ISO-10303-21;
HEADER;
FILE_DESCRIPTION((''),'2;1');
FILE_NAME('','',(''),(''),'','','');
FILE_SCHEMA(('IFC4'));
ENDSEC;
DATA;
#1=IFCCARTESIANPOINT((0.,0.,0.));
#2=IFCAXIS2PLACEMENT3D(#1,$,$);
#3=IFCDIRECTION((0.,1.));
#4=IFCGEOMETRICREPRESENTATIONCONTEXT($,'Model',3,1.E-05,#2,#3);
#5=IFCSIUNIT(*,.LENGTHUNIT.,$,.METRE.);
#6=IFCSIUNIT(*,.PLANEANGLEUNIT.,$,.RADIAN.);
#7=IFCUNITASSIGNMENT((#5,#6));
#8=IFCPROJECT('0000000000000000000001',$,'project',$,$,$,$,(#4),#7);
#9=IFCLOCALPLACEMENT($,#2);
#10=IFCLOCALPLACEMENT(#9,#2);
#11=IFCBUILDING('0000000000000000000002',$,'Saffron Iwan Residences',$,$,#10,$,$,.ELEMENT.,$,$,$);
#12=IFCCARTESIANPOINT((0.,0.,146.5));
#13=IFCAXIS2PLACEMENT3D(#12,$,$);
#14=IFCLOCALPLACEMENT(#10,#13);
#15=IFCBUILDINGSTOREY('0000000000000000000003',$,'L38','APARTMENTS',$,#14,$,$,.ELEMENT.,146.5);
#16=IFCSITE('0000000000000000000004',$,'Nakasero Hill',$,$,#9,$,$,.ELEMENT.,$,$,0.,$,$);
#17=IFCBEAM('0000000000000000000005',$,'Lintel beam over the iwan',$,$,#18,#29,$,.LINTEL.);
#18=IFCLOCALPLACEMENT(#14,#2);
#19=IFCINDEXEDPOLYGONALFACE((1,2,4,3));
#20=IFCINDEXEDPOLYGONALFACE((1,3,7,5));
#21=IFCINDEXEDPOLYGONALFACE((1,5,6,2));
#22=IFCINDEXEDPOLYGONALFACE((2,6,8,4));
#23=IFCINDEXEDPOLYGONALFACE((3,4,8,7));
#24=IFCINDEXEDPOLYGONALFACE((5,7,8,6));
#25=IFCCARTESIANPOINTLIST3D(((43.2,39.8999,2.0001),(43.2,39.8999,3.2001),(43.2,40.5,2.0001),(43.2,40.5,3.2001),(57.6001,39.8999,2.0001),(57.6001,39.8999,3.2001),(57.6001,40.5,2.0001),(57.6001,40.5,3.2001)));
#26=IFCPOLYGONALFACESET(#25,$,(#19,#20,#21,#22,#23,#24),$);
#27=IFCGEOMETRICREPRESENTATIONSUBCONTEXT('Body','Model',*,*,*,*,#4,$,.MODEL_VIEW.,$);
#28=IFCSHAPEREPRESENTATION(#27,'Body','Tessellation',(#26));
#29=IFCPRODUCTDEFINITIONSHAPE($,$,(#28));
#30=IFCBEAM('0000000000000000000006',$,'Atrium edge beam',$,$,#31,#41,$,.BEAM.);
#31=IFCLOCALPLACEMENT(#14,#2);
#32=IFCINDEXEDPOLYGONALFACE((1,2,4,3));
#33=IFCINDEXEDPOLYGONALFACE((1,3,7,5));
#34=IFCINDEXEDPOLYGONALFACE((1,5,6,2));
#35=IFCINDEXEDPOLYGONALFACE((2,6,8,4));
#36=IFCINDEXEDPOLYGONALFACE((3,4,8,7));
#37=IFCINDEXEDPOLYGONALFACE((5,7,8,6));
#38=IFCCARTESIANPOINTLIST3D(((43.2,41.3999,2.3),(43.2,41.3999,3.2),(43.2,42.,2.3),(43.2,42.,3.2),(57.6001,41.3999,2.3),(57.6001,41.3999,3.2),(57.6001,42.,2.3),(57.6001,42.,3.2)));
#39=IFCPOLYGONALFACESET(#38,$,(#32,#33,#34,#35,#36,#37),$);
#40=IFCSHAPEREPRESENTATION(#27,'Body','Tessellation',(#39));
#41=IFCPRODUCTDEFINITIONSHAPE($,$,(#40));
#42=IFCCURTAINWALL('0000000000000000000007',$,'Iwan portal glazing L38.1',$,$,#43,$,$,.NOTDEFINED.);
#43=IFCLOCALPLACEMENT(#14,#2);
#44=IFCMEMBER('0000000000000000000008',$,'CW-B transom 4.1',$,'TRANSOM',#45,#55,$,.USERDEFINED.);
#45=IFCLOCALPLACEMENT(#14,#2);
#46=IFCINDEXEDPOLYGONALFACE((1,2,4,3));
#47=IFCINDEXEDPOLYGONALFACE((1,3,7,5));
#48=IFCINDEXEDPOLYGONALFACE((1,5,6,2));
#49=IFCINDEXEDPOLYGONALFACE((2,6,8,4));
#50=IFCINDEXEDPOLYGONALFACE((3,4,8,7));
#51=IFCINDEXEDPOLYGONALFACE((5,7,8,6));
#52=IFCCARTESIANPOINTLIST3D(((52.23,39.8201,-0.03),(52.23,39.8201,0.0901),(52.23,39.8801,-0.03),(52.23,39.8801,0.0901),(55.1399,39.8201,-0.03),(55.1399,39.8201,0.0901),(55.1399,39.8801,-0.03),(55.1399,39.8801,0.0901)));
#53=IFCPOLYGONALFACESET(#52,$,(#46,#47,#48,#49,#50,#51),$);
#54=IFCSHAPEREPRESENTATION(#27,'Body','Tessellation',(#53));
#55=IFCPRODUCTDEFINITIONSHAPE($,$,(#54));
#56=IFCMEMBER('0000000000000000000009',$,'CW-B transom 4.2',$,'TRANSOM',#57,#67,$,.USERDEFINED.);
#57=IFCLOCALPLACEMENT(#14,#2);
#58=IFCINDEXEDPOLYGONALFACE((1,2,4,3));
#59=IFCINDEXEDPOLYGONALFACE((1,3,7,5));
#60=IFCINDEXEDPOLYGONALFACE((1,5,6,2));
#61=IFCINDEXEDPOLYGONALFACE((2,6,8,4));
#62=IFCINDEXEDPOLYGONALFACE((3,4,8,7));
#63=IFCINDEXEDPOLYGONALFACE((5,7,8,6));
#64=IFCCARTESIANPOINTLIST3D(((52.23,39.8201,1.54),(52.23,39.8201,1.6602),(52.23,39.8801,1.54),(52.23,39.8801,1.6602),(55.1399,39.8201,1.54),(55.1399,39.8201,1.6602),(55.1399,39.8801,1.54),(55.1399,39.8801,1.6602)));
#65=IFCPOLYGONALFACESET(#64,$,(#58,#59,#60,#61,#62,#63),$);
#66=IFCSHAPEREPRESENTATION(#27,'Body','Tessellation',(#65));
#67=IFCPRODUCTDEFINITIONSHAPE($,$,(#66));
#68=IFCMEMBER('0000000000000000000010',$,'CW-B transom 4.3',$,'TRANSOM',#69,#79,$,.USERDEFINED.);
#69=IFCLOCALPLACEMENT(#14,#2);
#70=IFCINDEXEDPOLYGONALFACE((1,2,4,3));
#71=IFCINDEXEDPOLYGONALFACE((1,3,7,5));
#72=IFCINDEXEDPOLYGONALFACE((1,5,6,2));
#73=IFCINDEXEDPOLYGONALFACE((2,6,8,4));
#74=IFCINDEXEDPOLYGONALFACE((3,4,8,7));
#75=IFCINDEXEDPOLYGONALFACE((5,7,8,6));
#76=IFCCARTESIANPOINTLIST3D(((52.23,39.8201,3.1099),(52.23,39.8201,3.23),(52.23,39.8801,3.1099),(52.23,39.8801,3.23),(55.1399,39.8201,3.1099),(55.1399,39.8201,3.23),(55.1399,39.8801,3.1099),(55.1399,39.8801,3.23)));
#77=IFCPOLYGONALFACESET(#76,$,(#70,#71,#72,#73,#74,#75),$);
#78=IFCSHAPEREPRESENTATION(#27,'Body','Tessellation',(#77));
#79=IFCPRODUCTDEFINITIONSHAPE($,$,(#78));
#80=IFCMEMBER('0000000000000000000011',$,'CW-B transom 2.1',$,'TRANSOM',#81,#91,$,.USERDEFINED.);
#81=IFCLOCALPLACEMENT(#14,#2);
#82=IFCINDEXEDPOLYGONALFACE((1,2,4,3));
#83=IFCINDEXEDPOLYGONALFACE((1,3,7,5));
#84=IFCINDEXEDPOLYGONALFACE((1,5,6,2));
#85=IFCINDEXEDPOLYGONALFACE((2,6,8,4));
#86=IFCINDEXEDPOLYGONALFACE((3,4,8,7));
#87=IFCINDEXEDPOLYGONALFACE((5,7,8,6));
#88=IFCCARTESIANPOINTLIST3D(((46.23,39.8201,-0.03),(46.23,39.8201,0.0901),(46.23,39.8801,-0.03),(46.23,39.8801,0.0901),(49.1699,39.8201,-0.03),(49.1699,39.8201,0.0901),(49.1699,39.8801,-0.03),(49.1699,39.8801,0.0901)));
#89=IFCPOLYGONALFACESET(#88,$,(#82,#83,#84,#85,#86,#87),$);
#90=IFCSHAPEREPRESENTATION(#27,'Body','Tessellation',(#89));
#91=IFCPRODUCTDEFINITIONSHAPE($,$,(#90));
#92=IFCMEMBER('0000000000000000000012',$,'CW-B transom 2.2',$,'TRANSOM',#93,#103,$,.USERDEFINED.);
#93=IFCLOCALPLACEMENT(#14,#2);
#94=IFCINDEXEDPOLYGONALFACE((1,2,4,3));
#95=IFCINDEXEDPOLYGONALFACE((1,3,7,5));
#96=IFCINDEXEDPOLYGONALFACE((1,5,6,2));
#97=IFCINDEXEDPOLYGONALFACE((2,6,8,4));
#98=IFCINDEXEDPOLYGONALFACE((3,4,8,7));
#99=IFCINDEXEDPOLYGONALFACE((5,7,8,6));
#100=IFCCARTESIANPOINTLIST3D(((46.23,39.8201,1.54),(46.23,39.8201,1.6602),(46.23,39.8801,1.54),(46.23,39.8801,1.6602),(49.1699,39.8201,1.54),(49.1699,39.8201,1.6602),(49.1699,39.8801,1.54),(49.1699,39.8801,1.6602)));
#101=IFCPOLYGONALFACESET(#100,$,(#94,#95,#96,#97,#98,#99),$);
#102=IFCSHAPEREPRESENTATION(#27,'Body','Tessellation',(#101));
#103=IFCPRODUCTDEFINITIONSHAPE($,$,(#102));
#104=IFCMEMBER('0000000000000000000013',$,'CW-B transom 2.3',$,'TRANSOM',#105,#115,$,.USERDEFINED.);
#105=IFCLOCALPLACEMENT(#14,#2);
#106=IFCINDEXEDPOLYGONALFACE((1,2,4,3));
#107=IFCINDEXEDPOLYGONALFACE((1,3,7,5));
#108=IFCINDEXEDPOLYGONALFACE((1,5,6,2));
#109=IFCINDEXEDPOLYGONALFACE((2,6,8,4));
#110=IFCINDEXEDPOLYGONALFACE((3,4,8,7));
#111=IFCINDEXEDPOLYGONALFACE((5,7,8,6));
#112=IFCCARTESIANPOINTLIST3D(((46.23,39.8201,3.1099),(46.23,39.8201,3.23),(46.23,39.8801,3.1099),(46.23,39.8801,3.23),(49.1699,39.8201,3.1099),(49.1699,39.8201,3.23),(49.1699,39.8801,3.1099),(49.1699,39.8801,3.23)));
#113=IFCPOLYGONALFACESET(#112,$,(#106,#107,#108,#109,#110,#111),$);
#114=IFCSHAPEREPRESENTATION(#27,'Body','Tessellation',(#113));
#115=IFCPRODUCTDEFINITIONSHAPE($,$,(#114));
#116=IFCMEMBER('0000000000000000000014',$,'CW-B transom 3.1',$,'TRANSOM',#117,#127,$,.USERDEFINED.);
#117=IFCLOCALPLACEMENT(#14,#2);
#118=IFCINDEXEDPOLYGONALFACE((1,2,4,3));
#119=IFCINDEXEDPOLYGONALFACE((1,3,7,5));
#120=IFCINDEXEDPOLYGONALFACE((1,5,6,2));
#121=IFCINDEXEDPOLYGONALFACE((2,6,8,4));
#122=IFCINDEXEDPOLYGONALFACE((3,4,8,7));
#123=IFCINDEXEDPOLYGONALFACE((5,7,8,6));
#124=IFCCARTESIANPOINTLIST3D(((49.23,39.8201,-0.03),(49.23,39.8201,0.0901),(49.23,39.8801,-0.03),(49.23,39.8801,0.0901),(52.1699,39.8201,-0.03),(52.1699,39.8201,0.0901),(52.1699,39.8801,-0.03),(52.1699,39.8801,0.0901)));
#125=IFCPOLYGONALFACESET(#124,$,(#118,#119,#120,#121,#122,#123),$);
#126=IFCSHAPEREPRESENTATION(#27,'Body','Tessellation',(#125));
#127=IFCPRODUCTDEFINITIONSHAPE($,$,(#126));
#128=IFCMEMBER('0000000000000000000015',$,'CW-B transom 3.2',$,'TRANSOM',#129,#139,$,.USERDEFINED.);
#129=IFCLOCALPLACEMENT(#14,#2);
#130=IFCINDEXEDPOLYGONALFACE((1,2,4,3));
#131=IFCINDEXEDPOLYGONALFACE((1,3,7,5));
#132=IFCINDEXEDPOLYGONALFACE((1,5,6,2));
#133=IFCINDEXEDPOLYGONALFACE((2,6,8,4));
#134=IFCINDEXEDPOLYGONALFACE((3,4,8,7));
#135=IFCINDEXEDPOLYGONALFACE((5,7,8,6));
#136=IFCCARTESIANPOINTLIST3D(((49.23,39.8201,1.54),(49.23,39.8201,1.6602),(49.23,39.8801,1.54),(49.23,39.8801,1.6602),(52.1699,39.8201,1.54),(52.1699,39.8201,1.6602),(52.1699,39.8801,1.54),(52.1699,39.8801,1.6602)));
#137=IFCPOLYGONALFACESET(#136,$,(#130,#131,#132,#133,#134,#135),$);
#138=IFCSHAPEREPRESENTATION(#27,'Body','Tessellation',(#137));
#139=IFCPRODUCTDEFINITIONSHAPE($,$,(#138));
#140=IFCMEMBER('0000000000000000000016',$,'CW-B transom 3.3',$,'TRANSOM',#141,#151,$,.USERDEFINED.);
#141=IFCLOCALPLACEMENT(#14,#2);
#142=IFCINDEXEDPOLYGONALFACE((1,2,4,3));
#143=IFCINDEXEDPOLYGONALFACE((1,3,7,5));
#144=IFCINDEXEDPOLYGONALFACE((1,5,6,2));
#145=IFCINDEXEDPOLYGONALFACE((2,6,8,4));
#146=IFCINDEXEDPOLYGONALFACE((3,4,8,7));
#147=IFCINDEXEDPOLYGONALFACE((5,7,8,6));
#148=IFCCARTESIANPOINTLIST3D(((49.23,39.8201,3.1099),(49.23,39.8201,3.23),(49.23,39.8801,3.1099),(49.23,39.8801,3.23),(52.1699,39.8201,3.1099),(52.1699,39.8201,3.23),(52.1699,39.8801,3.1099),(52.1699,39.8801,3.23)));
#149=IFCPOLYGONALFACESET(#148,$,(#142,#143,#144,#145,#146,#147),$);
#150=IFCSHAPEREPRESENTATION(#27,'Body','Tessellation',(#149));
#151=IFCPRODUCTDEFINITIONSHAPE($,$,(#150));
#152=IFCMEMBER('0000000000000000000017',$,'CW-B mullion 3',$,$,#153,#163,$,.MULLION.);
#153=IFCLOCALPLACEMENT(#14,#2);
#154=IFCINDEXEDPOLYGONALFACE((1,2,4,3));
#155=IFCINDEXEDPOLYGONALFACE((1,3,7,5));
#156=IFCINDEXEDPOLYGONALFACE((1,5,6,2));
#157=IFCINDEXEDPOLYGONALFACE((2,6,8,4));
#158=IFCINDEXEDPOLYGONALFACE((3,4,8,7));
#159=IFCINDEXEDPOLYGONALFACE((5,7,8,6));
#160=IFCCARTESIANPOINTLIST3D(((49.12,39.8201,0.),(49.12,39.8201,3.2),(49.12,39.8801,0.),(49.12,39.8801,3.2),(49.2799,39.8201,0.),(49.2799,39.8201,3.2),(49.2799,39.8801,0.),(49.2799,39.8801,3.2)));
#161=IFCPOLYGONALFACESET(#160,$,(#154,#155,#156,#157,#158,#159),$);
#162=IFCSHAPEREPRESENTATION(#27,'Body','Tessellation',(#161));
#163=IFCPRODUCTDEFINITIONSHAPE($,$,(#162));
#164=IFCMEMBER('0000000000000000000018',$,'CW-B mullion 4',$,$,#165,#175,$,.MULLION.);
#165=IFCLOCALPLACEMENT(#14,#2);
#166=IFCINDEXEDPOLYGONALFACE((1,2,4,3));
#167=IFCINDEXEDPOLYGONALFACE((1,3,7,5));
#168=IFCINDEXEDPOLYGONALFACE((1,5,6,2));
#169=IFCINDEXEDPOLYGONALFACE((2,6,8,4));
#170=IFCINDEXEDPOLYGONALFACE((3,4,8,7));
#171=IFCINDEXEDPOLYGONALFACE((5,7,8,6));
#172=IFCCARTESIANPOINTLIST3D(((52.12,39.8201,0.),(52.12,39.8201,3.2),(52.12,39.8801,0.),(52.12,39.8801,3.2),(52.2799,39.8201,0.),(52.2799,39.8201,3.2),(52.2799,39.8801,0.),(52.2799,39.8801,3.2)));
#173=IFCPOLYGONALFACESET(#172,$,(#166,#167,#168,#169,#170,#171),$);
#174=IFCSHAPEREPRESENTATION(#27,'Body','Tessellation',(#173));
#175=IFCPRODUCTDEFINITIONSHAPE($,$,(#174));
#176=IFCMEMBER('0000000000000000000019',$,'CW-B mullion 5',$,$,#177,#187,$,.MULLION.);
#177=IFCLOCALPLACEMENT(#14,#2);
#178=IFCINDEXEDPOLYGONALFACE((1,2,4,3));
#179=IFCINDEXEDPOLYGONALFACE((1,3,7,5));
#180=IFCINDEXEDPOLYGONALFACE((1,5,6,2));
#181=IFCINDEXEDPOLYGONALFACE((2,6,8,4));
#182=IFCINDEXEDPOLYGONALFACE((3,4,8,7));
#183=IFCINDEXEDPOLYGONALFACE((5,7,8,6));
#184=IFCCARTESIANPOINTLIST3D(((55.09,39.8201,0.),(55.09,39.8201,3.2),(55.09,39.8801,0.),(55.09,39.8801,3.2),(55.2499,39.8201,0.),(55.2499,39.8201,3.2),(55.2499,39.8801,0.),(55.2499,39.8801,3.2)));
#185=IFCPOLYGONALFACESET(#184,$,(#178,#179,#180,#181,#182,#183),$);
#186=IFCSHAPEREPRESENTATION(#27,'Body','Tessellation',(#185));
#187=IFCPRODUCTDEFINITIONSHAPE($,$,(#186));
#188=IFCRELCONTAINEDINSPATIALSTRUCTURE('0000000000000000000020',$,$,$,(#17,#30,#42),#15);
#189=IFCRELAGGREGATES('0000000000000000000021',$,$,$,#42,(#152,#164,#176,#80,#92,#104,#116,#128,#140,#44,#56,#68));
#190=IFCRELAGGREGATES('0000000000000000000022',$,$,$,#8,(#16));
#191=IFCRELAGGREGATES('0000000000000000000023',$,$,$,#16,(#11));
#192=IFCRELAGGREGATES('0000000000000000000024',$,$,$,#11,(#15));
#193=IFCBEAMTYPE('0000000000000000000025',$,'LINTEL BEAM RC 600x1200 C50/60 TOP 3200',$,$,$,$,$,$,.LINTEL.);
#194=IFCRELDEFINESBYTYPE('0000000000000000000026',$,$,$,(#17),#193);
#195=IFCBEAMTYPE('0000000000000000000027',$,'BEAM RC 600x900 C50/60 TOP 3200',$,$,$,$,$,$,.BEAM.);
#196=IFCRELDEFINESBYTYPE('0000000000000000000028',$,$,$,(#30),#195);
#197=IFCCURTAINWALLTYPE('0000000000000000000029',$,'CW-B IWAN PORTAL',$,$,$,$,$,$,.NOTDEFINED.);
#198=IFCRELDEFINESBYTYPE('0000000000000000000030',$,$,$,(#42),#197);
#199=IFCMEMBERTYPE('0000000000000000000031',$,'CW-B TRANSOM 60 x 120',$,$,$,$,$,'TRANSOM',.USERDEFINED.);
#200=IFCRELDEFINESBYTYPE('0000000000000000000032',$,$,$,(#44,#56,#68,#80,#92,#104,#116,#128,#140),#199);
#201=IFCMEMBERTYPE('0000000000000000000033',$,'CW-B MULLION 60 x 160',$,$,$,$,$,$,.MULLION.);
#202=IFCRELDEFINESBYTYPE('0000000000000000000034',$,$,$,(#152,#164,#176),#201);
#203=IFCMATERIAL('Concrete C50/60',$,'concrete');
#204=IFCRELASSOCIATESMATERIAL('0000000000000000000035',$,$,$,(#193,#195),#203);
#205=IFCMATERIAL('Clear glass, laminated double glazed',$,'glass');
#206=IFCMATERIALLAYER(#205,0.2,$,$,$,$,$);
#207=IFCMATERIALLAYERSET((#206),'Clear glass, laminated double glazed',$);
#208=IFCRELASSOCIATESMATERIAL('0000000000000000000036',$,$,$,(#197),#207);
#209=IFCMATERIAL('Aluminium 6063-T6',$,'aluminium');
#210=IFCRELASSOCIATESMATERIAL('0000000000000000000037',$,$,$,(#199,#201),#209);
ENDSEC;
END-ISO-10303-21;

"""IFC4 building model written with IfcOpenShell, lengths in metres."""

from ifc_helpers import new_model, si_unit, direction, frame, origin, origin_2d, place, context, subcontext, project, spatial, rectangle, extrude, source, transform, mapped, material, layer, layer_set, material_profile, profile_set, type_object, element, aggregate, save


model = new_model("IFC4")

# Units and contexts
model_context = context("Model", 3, precision=1e-05, world=origin(), true_north=direction((0.0, 1.0)))
body_context = subcontext(model_context, "Body", "Model", "MODEL_VIEW")
ifc_project = project(units=[si_unit("LENGTHUNIT", "METRE"), si_unit("PLANEANGLEUNIT", "RADIAN")], contexts=[model_context])

# Site, building, storey
site_placement = place(None, origin())
site = spatial("IfcSite", under=ifc_project, at=site_placement, Name="Nakasero Hill", CompositionType="ELEMENT", RefElevation=0.0)
building_placement = place(site_placement, origin())
building = spatial("IfcBuilding", under=site, at=building_placement, Name="Saffron Iwan Residences", CompositionType="ELEMENT")
storey_placement = place(building_placement, frame((0.0, 0.0, 146.5)))
storey = spatial("IfcBuildingStorey", under=building, at=storey_placement, Name="L38", Description="APARTMENTS", CompositionType="ELEMENT", Elevation=146.5)

# Beams
ifc_material_1 = material(Name="Concrete C50/60", Category="concrete")
ifc_material_profile_1 = material_profile(ifc_material_1, rectangle(XDim=0.6001, YDim=1.2, at=origin_2d()), Name="RC 600x1200")
ifc_profile_set_1 = profile_set([ifc_material_profile_1], Name="Concrete C50/60")
beam_type_1 = type_object("IfcBeamType", Name="LINTEL BEAM RC 600x1200 C50/60 TOP 3200", PredefinedType="LINTEL", material=ifc_profile_set_1)
shared_shape_1 = source(origin(), body_context, "Body", "SweptSolid", [
    extrude(rectangle(XDim=0.6001, YDim=1.2, at=origin_2d()), origin(), (0.0, 0.0, 1.0), 14.4001),
])
beam_1_placement = place(storey_placement, frame((57.6001, 40.2, 2.6001), z_axis=(-1.0, 0.0, 0.0), x_axis=(0.0, -1.0, 0.0)))
element("IfcBeam", 1, at=beam_1_placement, inside=storey, type_object=beam_type_1, Name="Lintel beam over the iwan", PredefinedType="LINTEL", context=body_context, shape_type="MappedRepresentation", body=[
    mapped(shared_shape_1, transform((0.0, 0.0, 0.0))),
])
ifc_material_profile_2 = material_profile(ifc_material_1, rectangle(XDim=0.6001, YDim=0.8999, at=origin_2d()), Name="RC 600x900")
ifc_profile_set_2 = profile_set([ifc_material_profile_2], Name="Concrete C50/60")
beam_type_2 = type_object("IfcBeamType", Name="BEAM RC 600x900 C50/60 TOP 3200", PredefinedType="BEAM", material=ifc_profile_set_2)
shared_shape_2 = source(origin(), body_context, "Body", "SweptSolid", [
    extrude(rectangle(XDim=0.6001, YDim=0.8999, at=origin_2d()), origin(), (0.0, 0.0, 1.0), 14.4001),
])
beam_2_placement = place(storey_placement, frame((57.6001, 41.7, 2.75), z_axis=(-1.0, 0.0, 0.0), x_axis=(0.0, -1.0, 0.0)))
element("IfcBeam", 2, at=beam_2_placement, inside=storey, type_object=beam_type_2, Name="Atrium edge beam", PredefinedType="BEAM", context=body_context, shape_type="MappedRepresentation", body=[
    mapped(shared_shape_2, transform((0.0, 0.0, 0.0))),
])

# Curtain wall, members
ifc_material_2 = material(Name="Clear glass, laminated double glazed", Category="glass")
ifc_layer_1 = layer(ifc_material_2, 0.2)
ifc_layer_set_1 = layer_set([ifc_layer_1], Name="Clear glass, laminated double glazed")
curtain_wall_type = type_object("IfcCurtainWallType", Name="CW-B IWAN PORTAL", PredefinedType="NOTDEFINED", material=ifc_layer_set_1)
curtain_wall_placement = place(storey_placement, origin())
curtain_wall = element("IfcCurtainWall", 3, at=curtain_wall_placement, inside=storey, type_object=curtain_wall_type, Name="Iwan portal glazing L38.1", PredefinedType="NOTDEFINED")
ifc_material_3 = material(Name="Aluminium 6063-T6", Category="aluminium")
ifc_material_profile_3 = material_profile(ifc_material_3, rectangle(XDim=0.0601, YDim=0.1201, at=origin_2d()), Name="CW-B TRANSOM 60 x 120")
ifc_profile_set_3 = profile_set([ifc_material_profile_3], Name="Aluminium 6063-T6")
member_type_1 = type_object("IfcMemberType", Name="CW-B TRANSOM 60 x 120", ElementType="TRANSOM", PredefinedType="USERDEFINED", material=ifc_profile_set_3)
shared_shape_3 = source(origin(), body_context, "Body", "SweptSolid", [
    extrude(rectangle(XDim=0.0601, YDim=0.1201, at=origin_2d()), origin(), (0.0, 0.0, 1.0), 2.9099),
])
member_1_placement = place(storey_placement, frame((52.23, 39.8501, 0.03), z_axis=(1.0, 0.0, 0.0), x_axis=(0.0, 1.0, 0.0)))
member_1 = element("IfcMember", 4, at=member_1_placement, type_object=member_type_1, Name="CW-B transom 4.1", ObjectType="TRANSOM", PredefinedType="USERDEFINED", context=body_context, shape_type="MappedRepresentation", body=[
    mapped(shared_shape_3, transform((0.0, 0.0, 0.0))),
])
member_2_placement = place(storey_placement, frame((52.23, 39.8501, 1.6001), z_axis=(1.0, 0.0, 0.0), x_axis=(0.0, 1.0, 0.0)))
member_2 = element("IfcMember", 5, at=member_2_placement, type_object=member_type_1, Name="CW-B transom 4.2", ObjectType="TRANSOM", PredefinedType="USERDEFINED", context=body_context, shape_type="MappedRepresentation", body=[
    mapped(shared_shape_3, transform((0.0, 0.0, 0.0))),
])
member_3_placement = place(storey_placement, frame((52.23, 39.8501, 3.1699), z_axis=(1.0, 0.0, 0.0), x_axis=(0.0, 1.0, 0.0)))
member_3 = element("IfcMember", 6, at=member_3_placement, type_object=member_type_1, Name="CW-B transom 4.3", ObjectType="TRANSOM", PredefinedType="USERDEFINED", context=body_context, shape_type="MappedRepresentation", body=[
    mapped(shared_shape_3, transform((0.0, 0.0, 0.0))),
])
shared_shape_4 = source(origin(), body_context, "Body", "SweptSolid", [
    extrude(rectangle(XDim=0.0601, YDim=0.1201, at=origin_2d()), origin(), (0.0, 0.0, 1.0), 2.9399),
])
member_4_placement = place(storey_placement, frame((46.23, 39.8501, 0.03), z_axis=(1.0, 0.0, 0.0), x_axis=(0.0, 1.0, 0.0)))
member_4 = element("IfcMember", 7, at=member_4_placement, type_object=member_type_1, Name="CW-B transom 2.1", ObjectType="TRANSOM", PredefinedType="USERDEFINED", context=body_context, shape_type="MappedRepresentation", body=[
    mapped(shared_shape_4, transform((0.0, 0.0, 0.0))),
])
member_5_placement = place(storey_placement, frame((46.23, 39.8501, 1.6001), z_axis=(1.0, 0.0, 0.0), x_axis=(0.0, 1.0, 0.0)))
member_5 = element("IfcMember", 8, at=member_5_placement, type_object=member_type_1, Name="CW-B transom 2.2", ObjectType="TRANSOM", PredefinedType="USERDEFINED", context=body_context, shape_type="MappedRepresentation", body=[
    mapped(shared_shape_4, transform((0.0, 0.0, 0.0))),
])
member_6_placement = place(storey_placement, frame((46.23, 39.8501, 3.1699), z_axis=(1.0, 0.0, 0.0), x_axis=(0.0, 1.0, 0.0)))
member_6 = element("IfcMember", 9, at=member_6_placement, type_object=member_type_1, Name="CW-B transom 2.3", ObjectType="TRANSOM", PredefinedType="USERDEFINED", context=body_context, shape_type="MappedRepresentation", body=[
    mapped(shared_shape_4, transform((0.0, 0.0, 0.0))),
])
member_7_placement = place(storey_placement, frame((49.23, 39.8501, 0.03), z_axis=(1.0, 0.0, 0.0), x_axis=(0.0, 1.0, 0.0)))
member_7 = element("IfcMember", 10, at=member_7_placement, type_object=member_type_1, Name="CW-B transom 3.1", ObjectType="TRANSOM", PredefinedType="USERDEFINED", context=body_context, shape_type="MappedRepresentation", body=[
    mapped(shared_shape_4, transform((0.0, 0.0, 0.0))),
])
member_8_placement = place(storey_placement, frame((49.23, 39.8501, 1.6001), z_axis=(1.0, 0.0, 0.0), x_axis=(0.0, 1.0, 0.0)))
member_8 = element("IfcMember", 11, at=member_8_placement, type_object=member_type_1, Name="CW-B transom 3.2", ObjectType="TRANSOM", PredefinedType="USERDEFINED", context=body_context, shape_type="MappedRepresentation", body=[
    mapped(shared_shape_4, transform((0.0, 0.0, 0.0))),
])
member_9_placement = place(storey_placement, frame((49.23, 39.8501, 3.1699), z_axis=(1.0, 0.0, 0.0), x_axis=(0.0, 1.0, 0.0)))
member_9 = element("IfcMember", 12, at=member_9_placement, type_object=member_type_1, Name="CW-B transom 3.3", ObjectType="TRANSOM", PredefinedType="USERDEFINED", context=body_context, shape_type="MappedRepresentation", body=[
    mapped(shared_shape_4, transform((0.0, 0.0, 0.0))),
])
ifc_material_profile_4 = material_profile(ifc_material_3, rectangle(XDim=0.0601, YDim=0.1599, at=origin_2d()), Name="CW-B MULLION 60 x 160")
ifc_profile_set_4 = profile_set([ifc_material_profile_4], Name="Aluminium 6063-T6")
member_type_2 = type_object("IfcMemberType", Name="CW-B MULLION 60 x 160", PredefinedType="MULLION", material=ifc_profile_set_4)
shared_shape_5 = source(origin(), body_context, "Body", "SweptSolid", [
    extrude(rectangle(XDim=0.0601, YDim=0.1599, at=origin_2d()), origin(), (0.0, 0.0, 1.0), 3.2),
])
member_10_placement = place(storey_placement, frame((49.2, 39.8501, 0.0), z_axis=(0.0, 0.0, 1.0), x_axis=(0.0, 1.0, 0.0)))
member_10 = element("IfcMember", 13, at=member_10_placement, type_object=member_type_2, Name="CW-B mullion 3", PredefinedType="MULLION", context=body_context, shape_type="MappedRepresentation", body=[
    mapped(shared_shape_5, transform((0.0, 0.0, 0.0))),
])
member_11_placement = place(storey_placement, frame((52.2, 39.8501, 0.0), z_axis=(0.0, 0.0, 1.0), x_axis=(0.0, 1.0, 0.0)))
member_11 = element("IfcMember", 14, at=member_11_placement, type_object=member_type_2, Name="CW-B mullion 4", PredefinedType="MULLION", context=body_context, shape_type="MappedRepresentation", body=[
    mapped(shared_shape_5, transform((0.0, 0.0, 0.0))),
])
member_12_placement = place(storey_placement, frame((55.1699, 39.8501, 0.0), z_axis=(0.0, 0.0, 1.0), x_axis=(0.0, 1.0, 0.0)))
member_12 = element("IfcMember", 15, at=member_12_placement, type_object=member_type_2, Name="CW-B mullion 5", PredefinedType="MULLION", context=body_context, shape_type="MappedRepresentation", body=[
    mapped(shared_shape_5, transform((0.0, 0.0, 0.0))),
])
aggregate(curtain_wall, [member_10, member_11, member_12, member_4, member_5, member_6, member_7, member_8, member_9, member_1, member_2, member_3])

save(model, "model.ifc")
